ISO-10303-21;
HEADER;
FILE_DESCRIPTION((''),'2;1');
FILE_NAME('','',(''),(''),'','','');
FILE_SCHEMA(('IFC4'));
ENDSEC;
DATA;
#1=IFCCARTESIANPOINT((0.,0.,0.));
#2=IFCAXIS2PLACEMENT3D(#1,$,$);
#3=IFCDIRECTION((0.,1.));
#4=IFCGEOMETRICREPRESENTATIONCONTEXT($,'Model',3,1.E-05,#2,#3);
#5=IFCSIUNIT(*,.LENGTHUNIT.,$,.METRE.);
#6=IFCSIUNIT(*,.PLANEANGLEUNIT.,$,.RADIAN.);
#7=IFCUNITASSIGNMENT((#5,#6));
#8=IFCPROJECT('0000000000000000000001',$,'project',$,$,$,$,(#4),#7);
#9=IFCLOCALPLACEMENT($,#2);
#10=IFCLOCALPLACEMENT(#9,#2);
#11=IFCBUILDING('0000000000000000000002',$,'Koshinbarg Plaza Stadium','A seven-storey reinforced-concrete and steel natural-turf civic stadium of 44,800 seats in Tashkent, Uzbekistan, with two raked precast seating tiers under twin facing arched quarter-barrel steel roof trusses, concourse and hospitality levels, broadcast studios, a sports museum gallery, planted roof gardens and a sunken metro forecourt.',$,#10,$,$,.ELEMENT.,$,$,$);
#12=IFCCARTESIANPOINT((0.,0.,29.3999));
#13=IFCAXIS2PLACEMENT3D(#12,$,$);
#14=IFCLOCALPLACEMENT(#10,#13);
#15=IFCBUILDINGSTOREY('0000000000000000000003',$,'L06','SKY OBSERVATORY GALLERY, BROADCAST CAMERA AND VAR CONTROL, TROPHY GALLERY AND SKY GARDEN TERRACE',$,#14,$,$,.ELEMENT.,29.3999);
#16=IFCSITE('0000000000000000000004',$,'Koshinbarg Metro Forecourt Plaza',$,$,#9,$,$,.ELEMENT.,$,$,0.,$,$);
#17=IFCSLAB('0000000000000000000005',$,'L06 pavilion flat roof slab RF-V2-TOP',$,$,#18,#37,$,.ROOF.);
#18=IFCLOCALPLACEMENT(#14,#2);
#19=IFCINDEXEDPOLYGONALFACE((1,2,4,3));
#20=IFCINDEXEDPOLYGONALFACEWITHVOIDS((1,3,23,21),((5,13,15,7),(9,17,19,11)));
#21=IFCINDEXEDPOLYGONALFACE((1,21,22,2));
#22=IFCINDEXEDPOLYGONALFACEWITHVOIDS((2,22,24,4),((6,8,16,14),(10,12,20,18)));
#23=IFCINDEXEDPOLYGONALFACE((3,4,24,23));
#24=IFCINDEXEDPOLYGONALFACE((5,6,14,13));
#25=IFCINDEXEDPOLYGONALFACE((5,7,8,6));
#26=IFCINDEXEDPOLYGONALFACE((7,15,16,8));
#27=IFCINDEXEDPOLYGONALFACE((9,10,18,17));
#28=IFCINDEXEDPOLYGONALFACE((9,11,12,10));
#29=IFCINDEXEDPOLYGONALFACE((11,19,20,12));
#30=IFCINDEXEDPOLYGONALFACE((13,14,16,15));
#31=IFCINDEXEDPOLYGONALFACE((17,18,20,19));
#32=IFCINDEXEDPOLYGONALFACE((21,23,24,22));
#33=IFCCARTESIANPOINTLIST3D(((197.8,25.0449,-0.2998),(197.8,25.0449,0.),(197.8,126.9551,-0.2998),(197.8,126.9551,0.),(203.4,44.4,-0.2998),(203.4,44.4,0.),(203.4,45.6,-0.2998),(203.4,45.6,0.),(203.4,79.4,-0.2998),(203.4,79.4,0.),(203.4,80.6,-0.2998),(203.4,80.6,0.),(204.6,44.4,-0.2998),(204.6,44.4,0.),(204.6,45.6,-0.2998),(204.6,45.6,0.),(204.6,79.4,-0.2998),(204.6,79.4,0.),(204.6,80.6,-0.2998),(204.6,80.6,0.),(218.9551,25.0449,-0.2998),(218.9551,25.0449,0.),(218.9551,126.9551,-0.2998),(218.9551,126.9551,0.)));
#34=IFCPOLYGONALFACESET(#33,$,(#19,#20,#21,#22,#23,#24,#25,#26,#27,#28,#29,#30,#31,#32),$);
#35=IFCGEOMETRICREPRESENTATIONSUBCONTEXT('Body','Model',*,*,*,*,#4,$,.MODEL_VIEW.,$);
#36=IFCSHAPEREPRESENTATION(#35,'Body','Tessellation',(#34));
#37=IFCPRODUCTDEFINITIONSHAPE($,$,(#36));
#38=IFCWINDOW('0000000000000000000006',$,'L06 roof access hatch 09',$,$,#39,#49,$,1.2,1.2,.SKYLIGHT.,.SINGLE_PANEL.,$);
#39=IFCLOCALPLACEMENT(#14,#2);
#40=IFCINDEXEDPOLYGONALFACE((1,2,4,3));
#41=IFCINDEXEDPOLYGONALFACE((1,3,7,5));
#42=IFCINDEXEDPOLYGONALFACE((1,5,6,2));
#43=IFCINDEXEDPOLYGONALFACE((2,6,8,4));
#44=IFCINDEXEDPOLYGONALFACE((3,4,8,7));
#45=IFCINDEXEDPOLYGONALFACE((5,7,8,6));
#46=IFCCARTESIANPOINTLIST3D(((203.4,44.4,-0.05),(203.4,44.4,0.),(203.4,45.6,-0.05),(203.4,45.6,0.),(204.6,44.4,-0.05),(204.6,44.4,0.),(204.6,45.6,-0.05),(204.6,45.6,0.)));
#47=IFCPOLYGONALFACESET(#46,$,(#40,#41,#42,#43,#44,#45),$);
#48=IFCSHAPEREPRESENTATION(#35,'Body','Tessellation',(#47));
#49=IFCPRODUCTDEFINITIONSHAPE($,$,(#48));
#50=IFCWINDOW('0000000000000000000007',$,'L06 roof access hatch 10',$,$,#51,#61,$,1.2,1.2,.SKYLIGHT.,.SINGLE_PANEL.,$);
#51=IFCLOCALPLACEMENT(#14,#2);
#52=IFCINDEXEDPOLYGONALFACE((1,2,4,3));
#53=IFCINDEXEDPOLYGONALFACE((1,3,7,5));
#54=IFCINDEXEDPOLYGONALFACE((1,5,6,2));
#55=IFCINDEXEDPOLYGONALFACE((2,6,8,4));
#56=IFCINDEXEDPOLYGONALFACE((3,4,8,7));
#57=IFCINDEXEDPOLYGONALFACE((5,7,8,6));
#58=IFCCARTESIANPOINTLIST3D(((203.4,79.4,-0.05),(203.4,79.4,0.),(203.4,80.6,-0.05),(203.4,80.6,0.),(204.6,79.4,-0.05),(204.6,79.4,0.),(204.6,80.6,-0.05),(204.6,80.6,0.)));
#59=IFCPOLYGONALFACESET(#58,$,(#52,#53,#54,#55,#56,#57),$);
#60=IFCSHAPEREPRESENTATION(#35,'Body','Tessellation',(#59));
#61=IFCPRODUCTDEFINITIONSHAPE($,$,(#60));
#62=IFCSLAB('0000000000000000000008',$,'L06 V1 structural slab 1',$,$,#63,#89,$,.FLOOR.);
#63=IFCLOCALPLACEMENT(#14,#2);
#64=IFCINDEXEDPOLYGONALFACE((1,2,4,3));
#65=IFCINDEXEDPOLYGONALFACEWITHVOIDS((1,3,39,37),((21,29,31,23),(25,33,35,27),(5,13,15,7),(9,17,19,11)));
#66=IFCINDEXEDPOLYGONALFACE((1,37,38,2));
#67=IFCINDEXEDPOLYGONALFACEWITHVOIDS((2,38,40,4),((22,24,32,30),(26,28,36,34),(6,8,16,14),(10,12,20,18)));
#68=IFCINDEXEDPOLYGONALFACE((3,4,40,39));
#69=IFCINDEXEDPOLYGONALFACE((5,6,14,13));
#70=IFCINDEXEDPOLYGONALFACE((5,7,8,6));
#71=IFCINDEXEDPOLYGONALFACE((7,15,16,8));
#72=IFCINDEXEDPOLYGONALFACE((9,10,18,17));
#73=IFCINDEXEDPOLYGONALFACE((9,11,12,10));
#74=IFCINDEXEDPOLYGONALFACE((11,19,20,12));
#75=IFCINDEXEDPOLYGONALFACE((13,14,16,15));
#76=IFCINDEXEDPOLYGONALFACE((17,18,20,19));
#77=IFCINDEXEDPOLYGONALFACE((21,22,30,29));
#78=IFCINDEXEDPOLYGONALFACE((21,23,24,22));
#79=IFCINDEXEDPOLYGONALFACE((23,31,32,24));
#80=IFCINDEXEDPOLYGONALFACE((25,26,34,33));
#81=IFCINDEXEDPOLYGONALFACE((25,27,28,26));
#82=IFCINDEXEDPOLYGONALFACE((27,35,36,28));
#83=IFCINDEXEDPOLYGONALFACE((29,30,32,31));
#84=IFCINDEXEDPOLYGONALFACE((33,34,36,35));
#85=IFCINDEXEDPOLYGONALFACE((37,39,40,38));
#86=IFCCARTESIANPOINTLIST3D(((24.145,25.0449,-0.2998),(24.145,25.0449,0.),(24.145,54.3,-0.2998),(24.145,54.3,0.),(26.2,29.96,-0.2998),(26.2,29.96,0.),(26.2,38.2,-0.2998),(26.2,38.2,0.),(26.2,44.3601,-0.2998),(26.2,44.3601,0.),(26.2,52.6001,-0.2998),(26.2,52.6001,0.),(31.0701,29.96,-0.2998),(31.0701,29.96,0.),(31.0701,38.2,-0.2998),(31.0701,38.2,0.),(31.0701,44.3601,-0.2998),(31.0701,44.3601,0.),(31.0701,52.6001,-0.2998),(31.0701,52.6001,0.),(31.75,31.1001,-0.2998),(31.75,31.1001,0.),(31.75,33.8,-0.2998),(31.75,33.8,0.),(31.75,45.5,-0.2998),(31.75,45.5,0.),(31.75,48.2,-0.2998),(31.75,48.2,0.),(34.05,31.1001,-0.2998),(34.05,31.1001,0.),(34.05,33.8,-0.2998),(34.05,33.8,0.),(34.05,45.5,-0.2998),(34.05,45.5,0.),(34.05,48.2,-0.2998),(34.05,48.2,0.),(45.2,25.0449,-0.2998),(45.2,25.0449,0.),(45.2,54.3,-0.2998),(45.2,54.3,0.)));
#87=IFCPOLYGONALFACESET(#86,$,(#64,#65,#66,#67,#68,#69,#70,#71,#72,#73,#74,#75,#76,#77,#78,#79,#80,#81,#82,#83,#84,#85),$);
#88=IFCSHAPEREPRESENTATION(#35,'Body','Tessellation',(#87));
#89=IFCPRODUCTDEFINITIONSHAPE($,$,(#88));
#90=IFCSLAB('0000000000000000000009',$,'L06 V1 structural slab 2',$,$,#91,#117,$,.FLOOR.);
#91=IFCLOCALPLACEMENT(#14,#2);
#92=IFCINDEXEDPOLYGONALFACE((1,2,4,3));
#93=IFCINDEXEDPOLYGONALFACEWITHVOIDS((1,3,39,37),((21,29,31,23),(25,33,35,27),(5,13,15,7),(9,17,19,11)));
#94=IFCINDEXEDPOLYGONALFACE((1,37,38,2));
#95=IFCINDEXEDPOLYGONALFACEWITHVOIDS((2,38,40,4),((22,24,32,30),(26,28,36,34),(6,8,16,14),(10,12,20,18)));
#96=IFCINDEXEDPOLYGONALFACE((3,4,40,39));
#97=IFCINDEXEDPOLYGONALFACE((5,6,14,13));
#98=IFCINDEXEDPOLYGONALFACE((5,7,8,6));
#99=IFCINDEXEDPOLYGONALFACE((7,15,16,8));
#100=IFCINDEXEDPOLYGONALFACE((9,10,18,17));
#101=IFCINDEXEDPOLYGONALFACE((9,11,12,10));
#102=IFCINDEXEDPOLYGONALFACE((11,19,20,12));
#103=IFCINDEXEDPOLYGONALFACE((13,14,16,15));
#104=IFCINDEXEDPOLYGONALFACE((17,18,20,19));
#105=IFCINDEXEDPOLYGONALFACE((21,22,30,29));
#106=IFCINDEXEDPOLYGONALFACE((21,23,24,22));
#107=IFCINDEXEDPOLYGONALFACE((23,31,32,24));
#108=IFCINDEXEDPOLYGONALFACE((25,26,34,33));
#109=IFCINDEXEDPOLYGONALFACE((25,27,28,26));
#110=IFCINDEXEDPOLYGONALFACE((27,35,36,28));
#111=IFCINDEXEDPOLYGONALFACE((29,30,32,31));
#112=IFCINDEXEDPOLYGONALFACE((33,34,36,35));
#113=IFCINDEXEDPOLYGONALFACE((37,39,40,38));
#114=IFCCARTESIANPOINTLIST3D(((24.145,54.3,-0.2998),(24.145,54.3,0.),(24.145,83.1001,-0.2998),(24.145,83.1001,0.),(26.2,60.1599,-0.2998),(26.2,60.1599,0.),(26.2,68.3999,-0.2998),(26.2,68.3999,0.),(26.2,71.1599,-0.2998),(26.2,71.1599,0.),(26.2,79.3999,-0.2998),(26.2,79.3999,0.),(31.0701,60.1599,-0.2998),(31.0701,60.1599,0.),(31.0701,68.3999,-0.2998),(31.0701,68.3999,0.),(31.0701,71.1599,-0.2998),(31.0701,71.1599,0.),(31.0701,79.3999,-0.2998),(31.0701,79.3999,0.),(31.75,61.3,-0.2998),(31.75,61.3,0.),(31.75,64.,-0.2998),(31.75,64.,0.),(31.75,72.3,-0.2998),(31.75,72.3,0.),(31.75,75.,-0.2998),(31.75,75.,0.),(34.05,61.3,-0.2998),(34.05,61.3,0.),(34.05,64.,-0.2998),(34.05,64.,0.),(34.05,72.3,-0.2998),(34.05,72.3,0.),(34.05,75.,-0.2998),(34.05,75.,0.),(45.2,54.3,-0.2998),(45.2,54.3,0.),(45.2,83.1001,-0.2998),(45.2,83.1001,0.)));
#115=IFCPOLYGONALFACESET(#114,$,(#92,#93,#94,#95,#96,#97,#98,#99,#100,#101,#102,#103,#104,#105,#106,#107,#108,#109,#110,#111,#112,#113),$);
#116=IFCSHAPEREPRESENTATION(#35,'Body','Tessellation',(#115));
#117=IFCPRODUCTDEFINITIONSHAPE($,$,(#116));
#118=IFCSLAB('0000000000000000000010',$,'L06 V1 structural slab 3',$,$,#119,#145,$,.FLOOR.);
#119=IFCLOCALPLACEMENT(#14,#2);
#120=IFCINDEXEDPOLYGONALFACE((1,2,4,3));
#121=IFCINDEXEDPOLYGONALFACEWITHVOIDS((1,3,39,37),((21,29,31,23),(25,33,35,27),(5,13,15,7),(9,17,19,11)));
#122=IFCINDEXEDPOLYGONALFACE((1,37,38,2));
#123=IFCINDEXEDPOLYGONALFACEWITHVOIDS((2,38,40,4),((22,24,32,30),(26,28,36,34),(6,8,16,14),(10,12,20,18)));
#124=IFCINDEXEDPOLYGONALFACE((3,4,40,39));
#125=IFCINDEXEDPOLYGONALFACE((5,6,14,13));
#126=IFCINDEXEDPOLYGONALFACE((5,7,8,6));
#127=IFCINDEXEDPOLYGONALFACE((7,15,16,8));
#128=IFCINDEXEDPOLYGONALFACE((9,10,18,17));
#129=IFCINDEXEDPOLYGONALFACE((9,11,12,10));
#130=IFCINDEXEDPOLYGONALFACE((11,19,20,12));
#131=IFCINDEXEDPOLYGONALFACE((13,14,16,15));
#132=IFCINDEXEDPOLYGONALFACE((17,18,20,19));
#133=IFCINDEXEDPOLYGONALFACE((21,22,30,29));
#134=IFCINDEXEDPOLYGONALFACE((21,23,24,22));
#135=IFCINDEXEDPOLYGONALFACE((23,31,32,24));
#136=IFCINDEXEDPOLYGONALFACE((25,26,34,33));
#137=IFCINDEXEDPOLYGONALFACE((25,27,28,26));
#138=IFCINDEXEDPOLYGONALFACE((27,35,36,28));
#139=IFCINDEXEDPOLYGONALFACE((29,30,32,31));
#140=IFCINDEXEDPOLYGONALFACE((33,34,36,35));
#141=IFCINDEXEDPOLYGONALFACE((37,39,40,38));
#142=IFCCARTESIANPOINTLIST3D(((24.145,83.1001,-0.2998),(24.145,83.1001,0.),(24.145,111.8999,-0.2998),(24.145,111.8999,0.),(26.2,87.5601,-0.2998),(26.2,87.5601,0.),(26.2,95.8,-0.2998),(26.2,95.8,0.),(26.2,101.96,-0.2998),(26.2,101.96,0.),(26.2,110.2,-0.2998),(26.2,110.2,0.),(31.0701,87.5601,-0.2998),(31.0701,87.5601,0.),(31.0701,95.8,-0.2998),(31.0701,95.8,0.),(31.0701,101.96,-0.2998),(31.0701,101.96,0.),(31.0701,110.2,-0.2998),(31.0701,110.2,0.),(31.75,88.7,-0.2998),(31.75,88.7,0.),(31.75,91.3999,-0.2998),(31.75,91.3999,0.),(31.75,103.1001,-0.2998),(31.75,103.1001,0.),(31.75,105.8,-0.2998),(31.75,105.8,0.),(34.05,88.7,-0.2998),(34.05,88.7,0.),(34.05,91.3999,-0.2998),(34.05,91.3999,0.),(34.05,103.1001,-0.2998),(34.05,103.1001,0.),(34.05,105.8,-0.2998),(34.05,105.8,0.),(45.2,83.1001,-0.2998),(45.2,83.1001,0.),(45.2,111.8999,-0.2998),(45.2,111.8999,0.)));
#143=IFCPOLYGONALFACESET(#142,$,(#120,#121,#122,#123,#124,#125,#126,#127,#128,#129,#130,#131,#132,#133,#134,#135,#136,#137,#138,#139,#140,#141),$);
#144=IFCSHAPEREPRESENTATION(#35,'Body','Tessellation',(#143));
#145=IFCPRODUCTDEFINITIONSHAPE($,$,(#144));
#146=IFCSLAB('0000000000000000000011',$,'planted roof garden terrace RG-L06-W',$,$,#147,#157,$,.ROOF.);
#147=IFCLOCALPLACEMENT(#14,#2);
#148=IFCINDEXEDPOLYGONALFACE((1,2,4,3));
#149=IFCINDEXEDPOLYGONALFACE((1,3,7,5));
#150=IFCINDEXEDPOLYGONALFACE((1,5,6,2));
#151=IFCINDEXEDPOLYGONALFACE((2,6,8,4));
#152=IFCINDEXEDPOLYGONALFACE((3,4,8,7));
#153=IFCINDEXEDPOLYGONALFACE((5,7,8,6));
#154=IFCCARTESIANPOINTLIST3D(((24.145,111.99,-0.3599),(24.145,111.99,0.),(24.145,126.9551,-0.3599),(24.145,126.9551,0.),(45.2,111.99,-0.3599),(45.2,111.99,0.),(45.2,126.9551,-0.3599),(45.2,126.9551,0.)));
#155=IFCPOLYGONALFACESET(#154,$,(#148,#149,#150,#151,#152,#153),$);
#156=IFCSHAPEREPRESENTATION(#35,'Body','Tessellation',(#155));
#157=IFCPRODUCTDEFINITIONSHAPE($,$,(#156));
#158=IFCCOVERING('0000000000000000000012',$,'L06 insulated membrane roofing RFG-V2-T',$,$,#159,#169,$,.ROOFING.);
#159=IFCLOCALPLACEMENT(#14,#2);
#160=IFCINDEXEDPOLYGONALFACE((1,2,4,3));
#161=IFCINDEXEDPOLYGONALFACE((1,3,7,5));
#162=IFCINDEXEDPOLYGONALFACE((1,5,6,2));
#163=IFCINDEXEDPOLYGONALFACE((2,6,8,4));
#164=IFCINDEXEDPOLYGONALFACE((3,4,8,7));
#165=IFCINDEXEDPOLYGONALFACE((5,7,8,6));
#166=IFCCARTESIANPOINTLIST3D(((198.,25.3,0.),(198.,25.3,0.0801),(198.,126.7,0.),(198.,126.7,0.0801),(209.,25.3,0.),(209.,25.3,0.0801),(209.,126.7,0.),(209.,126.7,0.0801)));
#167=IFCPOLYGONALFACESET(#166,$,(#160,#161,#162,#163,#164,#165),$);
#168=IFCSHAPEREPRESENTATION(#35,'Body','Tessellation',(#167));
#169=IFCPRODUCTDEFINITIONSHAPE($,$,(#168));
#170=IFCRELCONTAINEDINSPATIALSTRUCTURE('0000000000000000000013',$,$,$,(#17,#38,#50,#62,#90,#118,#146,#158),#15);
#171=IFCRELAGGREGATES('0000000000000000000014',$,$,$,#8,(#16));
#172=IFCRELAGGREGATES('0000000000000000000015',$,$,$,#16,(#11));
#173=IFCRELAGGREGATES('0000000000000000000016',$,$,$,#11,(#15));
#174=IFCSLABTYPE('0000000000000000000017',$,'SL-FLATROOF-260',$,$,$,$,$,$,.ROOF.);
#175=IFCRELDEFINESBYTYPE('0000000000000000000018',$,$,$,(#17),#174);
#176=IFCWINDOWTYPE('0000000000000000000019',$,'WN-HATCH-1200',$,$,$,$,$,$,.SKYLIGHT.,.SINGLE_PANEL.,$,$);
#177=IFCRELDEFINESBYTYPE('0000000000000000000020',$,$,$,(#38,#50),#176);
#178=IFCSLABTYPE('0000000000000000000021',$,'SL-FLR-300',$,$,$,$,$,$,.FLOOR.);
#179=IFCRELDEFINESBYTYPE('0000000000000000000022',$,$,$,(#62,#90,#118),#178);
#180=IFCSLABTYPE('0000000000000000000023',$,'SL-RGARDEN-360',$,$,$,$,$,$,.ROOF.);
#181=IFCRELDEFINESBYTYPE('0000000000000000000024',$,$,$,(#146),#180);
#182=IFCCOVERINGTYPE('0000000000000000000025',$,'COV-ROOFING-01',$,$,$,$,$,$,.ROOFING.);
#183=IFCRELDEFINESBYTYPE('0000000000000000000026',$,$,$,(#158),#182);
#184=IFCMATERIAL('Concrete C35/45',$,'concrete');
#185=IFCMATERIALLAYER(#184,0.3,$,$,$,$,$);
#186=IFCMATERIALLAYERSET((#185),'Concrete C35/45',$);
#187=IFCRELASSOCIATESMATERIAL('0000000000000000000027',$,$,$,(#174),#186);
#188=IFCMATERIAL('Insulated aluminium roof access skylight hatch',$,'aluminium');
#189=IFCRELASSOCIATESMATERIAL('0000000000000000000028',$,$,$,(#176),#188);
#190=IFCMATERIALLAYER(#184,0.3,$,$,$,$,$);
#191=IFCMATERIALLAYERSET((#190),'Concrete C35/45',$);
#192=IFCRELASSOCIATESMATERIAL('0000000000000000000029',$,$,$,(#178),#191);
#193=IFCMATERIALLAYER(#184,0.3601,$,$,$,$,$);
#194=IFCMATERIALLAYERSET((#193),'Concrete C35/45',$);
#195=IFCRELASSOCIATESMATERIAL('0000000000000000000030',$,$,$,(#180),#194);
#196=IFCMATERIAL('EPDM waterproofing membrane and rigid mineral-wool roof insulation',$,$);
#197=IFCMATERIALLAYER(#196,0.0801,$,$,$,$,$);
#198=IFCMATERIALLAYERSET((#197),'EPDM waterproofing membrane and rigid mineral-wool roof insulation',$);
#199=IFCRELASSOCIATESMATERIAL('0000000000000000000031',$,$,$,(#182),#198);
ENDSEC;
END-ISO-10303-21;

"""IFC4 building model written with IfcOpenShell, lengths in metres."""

from ifc_helpers import new_model, si_unit, direction, frame, origin, origin_2d, place, context, subcontext, project, spatial, polyline, rectangle, outline, extrude, material, layer, layer_set, type_object, element, fill, save


model = new_model("IFC4")

# Units and contexts
model_context = context("Model", 3, precision=1e-05, world=origin(), true_north=direction((0.0, 1.0)))
body_context = subcontext(model_context, "Body", "Model", "MODEL_VIEW")
ifc_project = project(units=[si_unit("LENGTHUNIT", "METRE"), si_unit("PLANEANGLEUNIT", "RADIAN")], contexts=[model_context])

# Site, building, storey
site_placement = place(None, origin())
site = spatial("IfcSite", under=ifc_project, at=site_placement, Name="Koshinbarg Metro Forecourt Plaza", CompositionType="ELEMENT", RefElevation=0.0)
building_placement = place(site_placement, origin())
building = spatial("IfcBuilding", under=site, at=building_placement, Name="Koshinbarg Plaza Stadium", Description="A seven-storey reinforced-concrete and steel natural-turf civic stadium of 44,800 seats in Tashkent, Uzbekistan, with two raked precast seating tiers under twin facing arched quarter-barrel steel roof trusses, concourse and hospitality levels, broadcast studios, a sports museum gallery, planted roof gardens and a sunken metro forecourt.", CompositionType="ELEMENT")
storey_placement = place(building_placement, frame((0.0, 0.0, 29.3999)))
storey = spatial("IfcBuildingStorey", under=building, at=storey_placement, Name="L06", Description="SKY OBSERVATORY GALLERY, BROADCAST CAMERA AND VAR CONTROL, TROPHY GALLERY AND SKY GARDEN TERRACE", CompositionType="ELEMENT", Elevation=29.3999)

# Slab, openings, windows
ifc_material_1 = material(Name="Concrete C35/45", Category="concrete")
ifc_layer_1 = layer(ifc_material_1, 0.3)
ifc_layer_set_1 = layer_set([ifc_layer_1], Name="Concrete C35/45")
slab_type_1 = type_object("IfcSlabType", Name="SL-FLATROOF-260", PredefinedType="ROOF", material=ifc_layer_set_1)
slab_1_placement = place(storey_placement, frame((0.0, 0.0, -0.2998)))
slab_1 = element("IfcSlab", 1, at=slab_1_placement, inside=storey, type_object=slab_type_1, Name="L06 pavilion flat roof slab RF-V2-TOP", PredefinedType="ROOF", context=body_context, shape_type="SweptSolid", body=[
    extrude(outline(polyline([(197.8, 25.0449), (218.9551, 25.0449), (218.9551, 126.9551), (197.8, 126.9551), (197.8, 25.0449)])), origin(), (0.0, 0.0, 1.0), 0.2998),
])
opening_1_placement = place(slab_1_placement, frame((204.0, 45.0, 0.0)))
opening_1 = element("IfcOpeningElement", 2, at=opening_1_placement, cuts=slab_1, PredefinedType="OPENING", context=body_context, shape_type="SweptSolid", body=[
    extrude(rectangle(XDim=1.2, YDim=1.2, at=origin_2d()), frame((0.0, 0.0, -0.01)), (0.0, 0.0, 1.0), 0.3198),
])
opening_2_placement = place(slab_1_placement, frame((204.0, 80.0, 0.0)))
opening_2 = element("IfcOpeningElement", 3, at=opening_2_placement, cuts=slab_1, PredefinedType="OPENING", context=body_context, shape_type="SweptSolid", body=[
    extrude(rectangle(XDim=1.2, YDim=1.2, at=origin_2d()), frame((0.0, 0.0, -0.01)), (0.0, 0.0, 1.0), 0.3198),
])
ifc_material_2 = material(Name="Insulated aluminium roof access skylight hatch", Category="aluminium")
window_type = type_object("IfcWindowType", Name="WN-HATCH-1200", PartitioningType="SINGLE_PANEL", PredefinedType="SKYLIGHT", material=ifc_material_2)
window_1_placement = place(opening_1_placement, frame((0.0, 0.0, 0.2498)))
window_1 = element("IfcWindow", 4, at=window_1_placement, inside=storey, type_object=window_type, Name="L06 roof access hatch 09", OverallHeight=1.2, OverallWidth=1.2, PartitioningType="SINGLE_PANEL", PredefinedType="SKYLIGHT", context=body_context, shape_type="SweptSolid", body=[
    extrude(rectangle(XDim=1.2, YDim=1.2, at=origin_2d()), origin(), (0.0, 0.0, 1.0), 0.05),
])
fill(opening_1, window_1)
window_2_placement = place(opening_2_placement, frame((0.0, 0.0, 0.2498)))
window_2 = element("IfcWindow", 5, at=window_2_placement, inside=storey, type_object=window_type, Name="L06 roof access hatch 10", OverallHeight=1.2, OverallWidth=1.2, PartitioningType="SINGLE_PANEL", PredefinedType="SKYLIGHT", context=body_context, shape_type="SweptSolid", body=[
    extrude(rectangle(XDim=1.2, YDim=1.2, at=origin_2d()), origin(), (0.0, 0.0, 1.0), 0.05),
])
fill(opening_2, window_2)

# Slabs
ifc_layer_2 = layer(ifc_material_1, 0.3)
ifc_layer_set_2 = layer_set([ifc_layer_2], Name="Concrete C35/45")
slab_type_2 = type_object("IfcSlabType", Name="SL-FLR-300", PredefinedType="FLOOR", material=ifc_layer_set_2)
slab_2_placement = place(storey_placement, frame((0.0, 0.0, -0.2998)))
element("IfcSlab", 6, at=slab_2_placement, inside=storey, type_object=slab_type_2, Name="L06 V1 structural slab 1", PredefinedType="FLOOR", context=body_context, shape_type="SweptSolid", body=[
    extrude(outline(polyline([(24.145, 25.0449), (45.2, 25.0449), (45.2, 54.3), (24.145, 54.3), (24.145, 25.0449)]), holes=[polyline([(31.0701, 29.96), (31.0701, 38.2), (26.2, 38.2), (26.2, 29.96), (31.0701, 29.96)]), polyline([(31.75, 31.1001), (34.05, 31.1001), (34.05, 33.8), (31.75, 33.8), (31.75, 31.1001)]), polyline([(31.0701, 44.3601), (31.0701, 52.6001), (26.2, 52.6001), (26.2, 44.3601), (31.0701, 44.3601)]), polyline([(31.75, 45.5), (34.05, 45.5), (34.05, 48.2), (31.75, 48.2), (31.75, 45.5)])]), origin(), (0.0, 0.0, 1.0), 0.2998),
])
slab_3_placement = place(storey_placement, frame((0.0, 0.0, -0.2998)))
element("IfcSlab", 7, at=slab_3_placement, inside=storey, type_object=slab_type_2, Name="L06 V1 structural slab 2", PredefinedType="FLOOR", context=body_context, shape_type="SweptSolid", body=[
    extrude(outline(polyline([(24.145, 54.3), (45.2, 54.3), (45.2, 83.1001), (24.145, 83.1001), (24.145, 54.3)]), holes=[polyline([(31.0701, 60.1599), (31.0701, 68.3999), (26.2, 68.3999), (26.2, 60.1599), (31.0701, 60.1599)]), polyline([(31.75, 61.3), (34.05, 61.3), (34.05, 64.0), (31.75, 64.0), (31.75, 61.3)]), polyline([(31.0701, 71.1599), (31.0701, 79.3999), (26.2, 79.3999), (26.2, 71.1599), (31.0701, 71.1599)]), polyline([(31.75, 72.3), (34.05, 72.3), (34.05, 75.0), (31.75, 75.0), (31.75, 72.3)])]), origin(), (0.0, 0.0, 1.0), 0.2998),
])
slab_4_placement = place(storey_placement, frame((0.0, 0.0, -0.2998)))
element("IfcSlab", 8, at=slab_4_placement, inside=storey, type_object=slab_type_2, Name="L06 V1 structural slab 3", PredefinedType="FLOOR", context=body_context, shape_type="SweptSolid", body=[
    extrude(outline(polyline([(24.145, 83.1001), (45.2, 83.1001), (45.2, 111.8999), (24.145, 111.8999), (24.145, 83.1001)]), holes=[polyline([(31.0701, 87.5601), (31.0701, 95.8), (26.2, 95.8), (26.2, 87.5601), (31.0701, 87.5601)]), polyline([(31.75, 88.7), (34.05, 88.7), (34.05, 91.3999), (31.75, 91.3999), (31.75, 88.7)]), polyline([(31.0701, 101.96), (31.0701, 110.2), (26.2, 110.2), (26.2, 101.96), (31.0701, 101.96)]), polyline([(31.75, 103.1001), (34.05, 103.1001), (34.05, 105.8), (31.75, 105.8), (31.75, 103.1001)])]), origin(), (0.0, 0.0, 1.0), 0.2998),
])
ifc_layer_3 = layer(ifc_material_1, 0.3601)
ifc_layer_set_3 = layer_set([ifc_layer_3], Name="Concrete C35/45")
slab_type_3 = type_object("IfcSlabType", Name="SL-RGARDEN-360", PredefinedType="ROOF", material=ifc_layer_set_3)
slab_5_placement = place(storey_placement, frame((0.0, 0.0, -0.3599)))
element("IfcSlab", 9, at=slab_5_placement, inside=storey, type_object=slab_type_3, Name="planted roof garden terrace RG-L06-W", PredefinedType="ROOF", context=body_context, shape_type="SweptSolid", body=[
    extrude(outline(polyline([(24.145, 111.99), (45.2, 111.99), (45.2, 126.9551), (24.145, 126.9551), (24.145, 111.99)])), origin(), (0.0, 0.0, 1.0), 0.3599),
])

# Covering
ifc_material_3 = material(Name="EPDM waterproofing membrane and rigid mineral-wool roof insulation")
ifc_layer_4 = layer(ifc_material_3, 0.0801)
ifc_layer_set_4 = layer_set([ifc_layer_4], Name="EPDM waterproofing membrane and rigid mineral-wool roof insulation")
covering_type = type_object("IfcCoveringType", Name="COV-ROOFING-01", PredefinedType="ROOFING", material=ifc_layer_set_4)
covering_placement = place(storey_placement, origin())
element("IfcCovering", 10, at=covering_placement, inside=storey, type_object=covering_type, Name="L06 insulated membrane roofing RFG-V2-T", PredefinedType="ROOFING", context=body_context, shape_type="SweptSolid", body=[
    extrude(outline(polyline([(198.0, 25.3), (209.0, 25.3), (209.0, 126.7), (198.0, 126.7), (198.0, 25.3)])), origin(), (0.0, 0.0, 1.0), 0.0801),
])

save(model, "model.ifc")
